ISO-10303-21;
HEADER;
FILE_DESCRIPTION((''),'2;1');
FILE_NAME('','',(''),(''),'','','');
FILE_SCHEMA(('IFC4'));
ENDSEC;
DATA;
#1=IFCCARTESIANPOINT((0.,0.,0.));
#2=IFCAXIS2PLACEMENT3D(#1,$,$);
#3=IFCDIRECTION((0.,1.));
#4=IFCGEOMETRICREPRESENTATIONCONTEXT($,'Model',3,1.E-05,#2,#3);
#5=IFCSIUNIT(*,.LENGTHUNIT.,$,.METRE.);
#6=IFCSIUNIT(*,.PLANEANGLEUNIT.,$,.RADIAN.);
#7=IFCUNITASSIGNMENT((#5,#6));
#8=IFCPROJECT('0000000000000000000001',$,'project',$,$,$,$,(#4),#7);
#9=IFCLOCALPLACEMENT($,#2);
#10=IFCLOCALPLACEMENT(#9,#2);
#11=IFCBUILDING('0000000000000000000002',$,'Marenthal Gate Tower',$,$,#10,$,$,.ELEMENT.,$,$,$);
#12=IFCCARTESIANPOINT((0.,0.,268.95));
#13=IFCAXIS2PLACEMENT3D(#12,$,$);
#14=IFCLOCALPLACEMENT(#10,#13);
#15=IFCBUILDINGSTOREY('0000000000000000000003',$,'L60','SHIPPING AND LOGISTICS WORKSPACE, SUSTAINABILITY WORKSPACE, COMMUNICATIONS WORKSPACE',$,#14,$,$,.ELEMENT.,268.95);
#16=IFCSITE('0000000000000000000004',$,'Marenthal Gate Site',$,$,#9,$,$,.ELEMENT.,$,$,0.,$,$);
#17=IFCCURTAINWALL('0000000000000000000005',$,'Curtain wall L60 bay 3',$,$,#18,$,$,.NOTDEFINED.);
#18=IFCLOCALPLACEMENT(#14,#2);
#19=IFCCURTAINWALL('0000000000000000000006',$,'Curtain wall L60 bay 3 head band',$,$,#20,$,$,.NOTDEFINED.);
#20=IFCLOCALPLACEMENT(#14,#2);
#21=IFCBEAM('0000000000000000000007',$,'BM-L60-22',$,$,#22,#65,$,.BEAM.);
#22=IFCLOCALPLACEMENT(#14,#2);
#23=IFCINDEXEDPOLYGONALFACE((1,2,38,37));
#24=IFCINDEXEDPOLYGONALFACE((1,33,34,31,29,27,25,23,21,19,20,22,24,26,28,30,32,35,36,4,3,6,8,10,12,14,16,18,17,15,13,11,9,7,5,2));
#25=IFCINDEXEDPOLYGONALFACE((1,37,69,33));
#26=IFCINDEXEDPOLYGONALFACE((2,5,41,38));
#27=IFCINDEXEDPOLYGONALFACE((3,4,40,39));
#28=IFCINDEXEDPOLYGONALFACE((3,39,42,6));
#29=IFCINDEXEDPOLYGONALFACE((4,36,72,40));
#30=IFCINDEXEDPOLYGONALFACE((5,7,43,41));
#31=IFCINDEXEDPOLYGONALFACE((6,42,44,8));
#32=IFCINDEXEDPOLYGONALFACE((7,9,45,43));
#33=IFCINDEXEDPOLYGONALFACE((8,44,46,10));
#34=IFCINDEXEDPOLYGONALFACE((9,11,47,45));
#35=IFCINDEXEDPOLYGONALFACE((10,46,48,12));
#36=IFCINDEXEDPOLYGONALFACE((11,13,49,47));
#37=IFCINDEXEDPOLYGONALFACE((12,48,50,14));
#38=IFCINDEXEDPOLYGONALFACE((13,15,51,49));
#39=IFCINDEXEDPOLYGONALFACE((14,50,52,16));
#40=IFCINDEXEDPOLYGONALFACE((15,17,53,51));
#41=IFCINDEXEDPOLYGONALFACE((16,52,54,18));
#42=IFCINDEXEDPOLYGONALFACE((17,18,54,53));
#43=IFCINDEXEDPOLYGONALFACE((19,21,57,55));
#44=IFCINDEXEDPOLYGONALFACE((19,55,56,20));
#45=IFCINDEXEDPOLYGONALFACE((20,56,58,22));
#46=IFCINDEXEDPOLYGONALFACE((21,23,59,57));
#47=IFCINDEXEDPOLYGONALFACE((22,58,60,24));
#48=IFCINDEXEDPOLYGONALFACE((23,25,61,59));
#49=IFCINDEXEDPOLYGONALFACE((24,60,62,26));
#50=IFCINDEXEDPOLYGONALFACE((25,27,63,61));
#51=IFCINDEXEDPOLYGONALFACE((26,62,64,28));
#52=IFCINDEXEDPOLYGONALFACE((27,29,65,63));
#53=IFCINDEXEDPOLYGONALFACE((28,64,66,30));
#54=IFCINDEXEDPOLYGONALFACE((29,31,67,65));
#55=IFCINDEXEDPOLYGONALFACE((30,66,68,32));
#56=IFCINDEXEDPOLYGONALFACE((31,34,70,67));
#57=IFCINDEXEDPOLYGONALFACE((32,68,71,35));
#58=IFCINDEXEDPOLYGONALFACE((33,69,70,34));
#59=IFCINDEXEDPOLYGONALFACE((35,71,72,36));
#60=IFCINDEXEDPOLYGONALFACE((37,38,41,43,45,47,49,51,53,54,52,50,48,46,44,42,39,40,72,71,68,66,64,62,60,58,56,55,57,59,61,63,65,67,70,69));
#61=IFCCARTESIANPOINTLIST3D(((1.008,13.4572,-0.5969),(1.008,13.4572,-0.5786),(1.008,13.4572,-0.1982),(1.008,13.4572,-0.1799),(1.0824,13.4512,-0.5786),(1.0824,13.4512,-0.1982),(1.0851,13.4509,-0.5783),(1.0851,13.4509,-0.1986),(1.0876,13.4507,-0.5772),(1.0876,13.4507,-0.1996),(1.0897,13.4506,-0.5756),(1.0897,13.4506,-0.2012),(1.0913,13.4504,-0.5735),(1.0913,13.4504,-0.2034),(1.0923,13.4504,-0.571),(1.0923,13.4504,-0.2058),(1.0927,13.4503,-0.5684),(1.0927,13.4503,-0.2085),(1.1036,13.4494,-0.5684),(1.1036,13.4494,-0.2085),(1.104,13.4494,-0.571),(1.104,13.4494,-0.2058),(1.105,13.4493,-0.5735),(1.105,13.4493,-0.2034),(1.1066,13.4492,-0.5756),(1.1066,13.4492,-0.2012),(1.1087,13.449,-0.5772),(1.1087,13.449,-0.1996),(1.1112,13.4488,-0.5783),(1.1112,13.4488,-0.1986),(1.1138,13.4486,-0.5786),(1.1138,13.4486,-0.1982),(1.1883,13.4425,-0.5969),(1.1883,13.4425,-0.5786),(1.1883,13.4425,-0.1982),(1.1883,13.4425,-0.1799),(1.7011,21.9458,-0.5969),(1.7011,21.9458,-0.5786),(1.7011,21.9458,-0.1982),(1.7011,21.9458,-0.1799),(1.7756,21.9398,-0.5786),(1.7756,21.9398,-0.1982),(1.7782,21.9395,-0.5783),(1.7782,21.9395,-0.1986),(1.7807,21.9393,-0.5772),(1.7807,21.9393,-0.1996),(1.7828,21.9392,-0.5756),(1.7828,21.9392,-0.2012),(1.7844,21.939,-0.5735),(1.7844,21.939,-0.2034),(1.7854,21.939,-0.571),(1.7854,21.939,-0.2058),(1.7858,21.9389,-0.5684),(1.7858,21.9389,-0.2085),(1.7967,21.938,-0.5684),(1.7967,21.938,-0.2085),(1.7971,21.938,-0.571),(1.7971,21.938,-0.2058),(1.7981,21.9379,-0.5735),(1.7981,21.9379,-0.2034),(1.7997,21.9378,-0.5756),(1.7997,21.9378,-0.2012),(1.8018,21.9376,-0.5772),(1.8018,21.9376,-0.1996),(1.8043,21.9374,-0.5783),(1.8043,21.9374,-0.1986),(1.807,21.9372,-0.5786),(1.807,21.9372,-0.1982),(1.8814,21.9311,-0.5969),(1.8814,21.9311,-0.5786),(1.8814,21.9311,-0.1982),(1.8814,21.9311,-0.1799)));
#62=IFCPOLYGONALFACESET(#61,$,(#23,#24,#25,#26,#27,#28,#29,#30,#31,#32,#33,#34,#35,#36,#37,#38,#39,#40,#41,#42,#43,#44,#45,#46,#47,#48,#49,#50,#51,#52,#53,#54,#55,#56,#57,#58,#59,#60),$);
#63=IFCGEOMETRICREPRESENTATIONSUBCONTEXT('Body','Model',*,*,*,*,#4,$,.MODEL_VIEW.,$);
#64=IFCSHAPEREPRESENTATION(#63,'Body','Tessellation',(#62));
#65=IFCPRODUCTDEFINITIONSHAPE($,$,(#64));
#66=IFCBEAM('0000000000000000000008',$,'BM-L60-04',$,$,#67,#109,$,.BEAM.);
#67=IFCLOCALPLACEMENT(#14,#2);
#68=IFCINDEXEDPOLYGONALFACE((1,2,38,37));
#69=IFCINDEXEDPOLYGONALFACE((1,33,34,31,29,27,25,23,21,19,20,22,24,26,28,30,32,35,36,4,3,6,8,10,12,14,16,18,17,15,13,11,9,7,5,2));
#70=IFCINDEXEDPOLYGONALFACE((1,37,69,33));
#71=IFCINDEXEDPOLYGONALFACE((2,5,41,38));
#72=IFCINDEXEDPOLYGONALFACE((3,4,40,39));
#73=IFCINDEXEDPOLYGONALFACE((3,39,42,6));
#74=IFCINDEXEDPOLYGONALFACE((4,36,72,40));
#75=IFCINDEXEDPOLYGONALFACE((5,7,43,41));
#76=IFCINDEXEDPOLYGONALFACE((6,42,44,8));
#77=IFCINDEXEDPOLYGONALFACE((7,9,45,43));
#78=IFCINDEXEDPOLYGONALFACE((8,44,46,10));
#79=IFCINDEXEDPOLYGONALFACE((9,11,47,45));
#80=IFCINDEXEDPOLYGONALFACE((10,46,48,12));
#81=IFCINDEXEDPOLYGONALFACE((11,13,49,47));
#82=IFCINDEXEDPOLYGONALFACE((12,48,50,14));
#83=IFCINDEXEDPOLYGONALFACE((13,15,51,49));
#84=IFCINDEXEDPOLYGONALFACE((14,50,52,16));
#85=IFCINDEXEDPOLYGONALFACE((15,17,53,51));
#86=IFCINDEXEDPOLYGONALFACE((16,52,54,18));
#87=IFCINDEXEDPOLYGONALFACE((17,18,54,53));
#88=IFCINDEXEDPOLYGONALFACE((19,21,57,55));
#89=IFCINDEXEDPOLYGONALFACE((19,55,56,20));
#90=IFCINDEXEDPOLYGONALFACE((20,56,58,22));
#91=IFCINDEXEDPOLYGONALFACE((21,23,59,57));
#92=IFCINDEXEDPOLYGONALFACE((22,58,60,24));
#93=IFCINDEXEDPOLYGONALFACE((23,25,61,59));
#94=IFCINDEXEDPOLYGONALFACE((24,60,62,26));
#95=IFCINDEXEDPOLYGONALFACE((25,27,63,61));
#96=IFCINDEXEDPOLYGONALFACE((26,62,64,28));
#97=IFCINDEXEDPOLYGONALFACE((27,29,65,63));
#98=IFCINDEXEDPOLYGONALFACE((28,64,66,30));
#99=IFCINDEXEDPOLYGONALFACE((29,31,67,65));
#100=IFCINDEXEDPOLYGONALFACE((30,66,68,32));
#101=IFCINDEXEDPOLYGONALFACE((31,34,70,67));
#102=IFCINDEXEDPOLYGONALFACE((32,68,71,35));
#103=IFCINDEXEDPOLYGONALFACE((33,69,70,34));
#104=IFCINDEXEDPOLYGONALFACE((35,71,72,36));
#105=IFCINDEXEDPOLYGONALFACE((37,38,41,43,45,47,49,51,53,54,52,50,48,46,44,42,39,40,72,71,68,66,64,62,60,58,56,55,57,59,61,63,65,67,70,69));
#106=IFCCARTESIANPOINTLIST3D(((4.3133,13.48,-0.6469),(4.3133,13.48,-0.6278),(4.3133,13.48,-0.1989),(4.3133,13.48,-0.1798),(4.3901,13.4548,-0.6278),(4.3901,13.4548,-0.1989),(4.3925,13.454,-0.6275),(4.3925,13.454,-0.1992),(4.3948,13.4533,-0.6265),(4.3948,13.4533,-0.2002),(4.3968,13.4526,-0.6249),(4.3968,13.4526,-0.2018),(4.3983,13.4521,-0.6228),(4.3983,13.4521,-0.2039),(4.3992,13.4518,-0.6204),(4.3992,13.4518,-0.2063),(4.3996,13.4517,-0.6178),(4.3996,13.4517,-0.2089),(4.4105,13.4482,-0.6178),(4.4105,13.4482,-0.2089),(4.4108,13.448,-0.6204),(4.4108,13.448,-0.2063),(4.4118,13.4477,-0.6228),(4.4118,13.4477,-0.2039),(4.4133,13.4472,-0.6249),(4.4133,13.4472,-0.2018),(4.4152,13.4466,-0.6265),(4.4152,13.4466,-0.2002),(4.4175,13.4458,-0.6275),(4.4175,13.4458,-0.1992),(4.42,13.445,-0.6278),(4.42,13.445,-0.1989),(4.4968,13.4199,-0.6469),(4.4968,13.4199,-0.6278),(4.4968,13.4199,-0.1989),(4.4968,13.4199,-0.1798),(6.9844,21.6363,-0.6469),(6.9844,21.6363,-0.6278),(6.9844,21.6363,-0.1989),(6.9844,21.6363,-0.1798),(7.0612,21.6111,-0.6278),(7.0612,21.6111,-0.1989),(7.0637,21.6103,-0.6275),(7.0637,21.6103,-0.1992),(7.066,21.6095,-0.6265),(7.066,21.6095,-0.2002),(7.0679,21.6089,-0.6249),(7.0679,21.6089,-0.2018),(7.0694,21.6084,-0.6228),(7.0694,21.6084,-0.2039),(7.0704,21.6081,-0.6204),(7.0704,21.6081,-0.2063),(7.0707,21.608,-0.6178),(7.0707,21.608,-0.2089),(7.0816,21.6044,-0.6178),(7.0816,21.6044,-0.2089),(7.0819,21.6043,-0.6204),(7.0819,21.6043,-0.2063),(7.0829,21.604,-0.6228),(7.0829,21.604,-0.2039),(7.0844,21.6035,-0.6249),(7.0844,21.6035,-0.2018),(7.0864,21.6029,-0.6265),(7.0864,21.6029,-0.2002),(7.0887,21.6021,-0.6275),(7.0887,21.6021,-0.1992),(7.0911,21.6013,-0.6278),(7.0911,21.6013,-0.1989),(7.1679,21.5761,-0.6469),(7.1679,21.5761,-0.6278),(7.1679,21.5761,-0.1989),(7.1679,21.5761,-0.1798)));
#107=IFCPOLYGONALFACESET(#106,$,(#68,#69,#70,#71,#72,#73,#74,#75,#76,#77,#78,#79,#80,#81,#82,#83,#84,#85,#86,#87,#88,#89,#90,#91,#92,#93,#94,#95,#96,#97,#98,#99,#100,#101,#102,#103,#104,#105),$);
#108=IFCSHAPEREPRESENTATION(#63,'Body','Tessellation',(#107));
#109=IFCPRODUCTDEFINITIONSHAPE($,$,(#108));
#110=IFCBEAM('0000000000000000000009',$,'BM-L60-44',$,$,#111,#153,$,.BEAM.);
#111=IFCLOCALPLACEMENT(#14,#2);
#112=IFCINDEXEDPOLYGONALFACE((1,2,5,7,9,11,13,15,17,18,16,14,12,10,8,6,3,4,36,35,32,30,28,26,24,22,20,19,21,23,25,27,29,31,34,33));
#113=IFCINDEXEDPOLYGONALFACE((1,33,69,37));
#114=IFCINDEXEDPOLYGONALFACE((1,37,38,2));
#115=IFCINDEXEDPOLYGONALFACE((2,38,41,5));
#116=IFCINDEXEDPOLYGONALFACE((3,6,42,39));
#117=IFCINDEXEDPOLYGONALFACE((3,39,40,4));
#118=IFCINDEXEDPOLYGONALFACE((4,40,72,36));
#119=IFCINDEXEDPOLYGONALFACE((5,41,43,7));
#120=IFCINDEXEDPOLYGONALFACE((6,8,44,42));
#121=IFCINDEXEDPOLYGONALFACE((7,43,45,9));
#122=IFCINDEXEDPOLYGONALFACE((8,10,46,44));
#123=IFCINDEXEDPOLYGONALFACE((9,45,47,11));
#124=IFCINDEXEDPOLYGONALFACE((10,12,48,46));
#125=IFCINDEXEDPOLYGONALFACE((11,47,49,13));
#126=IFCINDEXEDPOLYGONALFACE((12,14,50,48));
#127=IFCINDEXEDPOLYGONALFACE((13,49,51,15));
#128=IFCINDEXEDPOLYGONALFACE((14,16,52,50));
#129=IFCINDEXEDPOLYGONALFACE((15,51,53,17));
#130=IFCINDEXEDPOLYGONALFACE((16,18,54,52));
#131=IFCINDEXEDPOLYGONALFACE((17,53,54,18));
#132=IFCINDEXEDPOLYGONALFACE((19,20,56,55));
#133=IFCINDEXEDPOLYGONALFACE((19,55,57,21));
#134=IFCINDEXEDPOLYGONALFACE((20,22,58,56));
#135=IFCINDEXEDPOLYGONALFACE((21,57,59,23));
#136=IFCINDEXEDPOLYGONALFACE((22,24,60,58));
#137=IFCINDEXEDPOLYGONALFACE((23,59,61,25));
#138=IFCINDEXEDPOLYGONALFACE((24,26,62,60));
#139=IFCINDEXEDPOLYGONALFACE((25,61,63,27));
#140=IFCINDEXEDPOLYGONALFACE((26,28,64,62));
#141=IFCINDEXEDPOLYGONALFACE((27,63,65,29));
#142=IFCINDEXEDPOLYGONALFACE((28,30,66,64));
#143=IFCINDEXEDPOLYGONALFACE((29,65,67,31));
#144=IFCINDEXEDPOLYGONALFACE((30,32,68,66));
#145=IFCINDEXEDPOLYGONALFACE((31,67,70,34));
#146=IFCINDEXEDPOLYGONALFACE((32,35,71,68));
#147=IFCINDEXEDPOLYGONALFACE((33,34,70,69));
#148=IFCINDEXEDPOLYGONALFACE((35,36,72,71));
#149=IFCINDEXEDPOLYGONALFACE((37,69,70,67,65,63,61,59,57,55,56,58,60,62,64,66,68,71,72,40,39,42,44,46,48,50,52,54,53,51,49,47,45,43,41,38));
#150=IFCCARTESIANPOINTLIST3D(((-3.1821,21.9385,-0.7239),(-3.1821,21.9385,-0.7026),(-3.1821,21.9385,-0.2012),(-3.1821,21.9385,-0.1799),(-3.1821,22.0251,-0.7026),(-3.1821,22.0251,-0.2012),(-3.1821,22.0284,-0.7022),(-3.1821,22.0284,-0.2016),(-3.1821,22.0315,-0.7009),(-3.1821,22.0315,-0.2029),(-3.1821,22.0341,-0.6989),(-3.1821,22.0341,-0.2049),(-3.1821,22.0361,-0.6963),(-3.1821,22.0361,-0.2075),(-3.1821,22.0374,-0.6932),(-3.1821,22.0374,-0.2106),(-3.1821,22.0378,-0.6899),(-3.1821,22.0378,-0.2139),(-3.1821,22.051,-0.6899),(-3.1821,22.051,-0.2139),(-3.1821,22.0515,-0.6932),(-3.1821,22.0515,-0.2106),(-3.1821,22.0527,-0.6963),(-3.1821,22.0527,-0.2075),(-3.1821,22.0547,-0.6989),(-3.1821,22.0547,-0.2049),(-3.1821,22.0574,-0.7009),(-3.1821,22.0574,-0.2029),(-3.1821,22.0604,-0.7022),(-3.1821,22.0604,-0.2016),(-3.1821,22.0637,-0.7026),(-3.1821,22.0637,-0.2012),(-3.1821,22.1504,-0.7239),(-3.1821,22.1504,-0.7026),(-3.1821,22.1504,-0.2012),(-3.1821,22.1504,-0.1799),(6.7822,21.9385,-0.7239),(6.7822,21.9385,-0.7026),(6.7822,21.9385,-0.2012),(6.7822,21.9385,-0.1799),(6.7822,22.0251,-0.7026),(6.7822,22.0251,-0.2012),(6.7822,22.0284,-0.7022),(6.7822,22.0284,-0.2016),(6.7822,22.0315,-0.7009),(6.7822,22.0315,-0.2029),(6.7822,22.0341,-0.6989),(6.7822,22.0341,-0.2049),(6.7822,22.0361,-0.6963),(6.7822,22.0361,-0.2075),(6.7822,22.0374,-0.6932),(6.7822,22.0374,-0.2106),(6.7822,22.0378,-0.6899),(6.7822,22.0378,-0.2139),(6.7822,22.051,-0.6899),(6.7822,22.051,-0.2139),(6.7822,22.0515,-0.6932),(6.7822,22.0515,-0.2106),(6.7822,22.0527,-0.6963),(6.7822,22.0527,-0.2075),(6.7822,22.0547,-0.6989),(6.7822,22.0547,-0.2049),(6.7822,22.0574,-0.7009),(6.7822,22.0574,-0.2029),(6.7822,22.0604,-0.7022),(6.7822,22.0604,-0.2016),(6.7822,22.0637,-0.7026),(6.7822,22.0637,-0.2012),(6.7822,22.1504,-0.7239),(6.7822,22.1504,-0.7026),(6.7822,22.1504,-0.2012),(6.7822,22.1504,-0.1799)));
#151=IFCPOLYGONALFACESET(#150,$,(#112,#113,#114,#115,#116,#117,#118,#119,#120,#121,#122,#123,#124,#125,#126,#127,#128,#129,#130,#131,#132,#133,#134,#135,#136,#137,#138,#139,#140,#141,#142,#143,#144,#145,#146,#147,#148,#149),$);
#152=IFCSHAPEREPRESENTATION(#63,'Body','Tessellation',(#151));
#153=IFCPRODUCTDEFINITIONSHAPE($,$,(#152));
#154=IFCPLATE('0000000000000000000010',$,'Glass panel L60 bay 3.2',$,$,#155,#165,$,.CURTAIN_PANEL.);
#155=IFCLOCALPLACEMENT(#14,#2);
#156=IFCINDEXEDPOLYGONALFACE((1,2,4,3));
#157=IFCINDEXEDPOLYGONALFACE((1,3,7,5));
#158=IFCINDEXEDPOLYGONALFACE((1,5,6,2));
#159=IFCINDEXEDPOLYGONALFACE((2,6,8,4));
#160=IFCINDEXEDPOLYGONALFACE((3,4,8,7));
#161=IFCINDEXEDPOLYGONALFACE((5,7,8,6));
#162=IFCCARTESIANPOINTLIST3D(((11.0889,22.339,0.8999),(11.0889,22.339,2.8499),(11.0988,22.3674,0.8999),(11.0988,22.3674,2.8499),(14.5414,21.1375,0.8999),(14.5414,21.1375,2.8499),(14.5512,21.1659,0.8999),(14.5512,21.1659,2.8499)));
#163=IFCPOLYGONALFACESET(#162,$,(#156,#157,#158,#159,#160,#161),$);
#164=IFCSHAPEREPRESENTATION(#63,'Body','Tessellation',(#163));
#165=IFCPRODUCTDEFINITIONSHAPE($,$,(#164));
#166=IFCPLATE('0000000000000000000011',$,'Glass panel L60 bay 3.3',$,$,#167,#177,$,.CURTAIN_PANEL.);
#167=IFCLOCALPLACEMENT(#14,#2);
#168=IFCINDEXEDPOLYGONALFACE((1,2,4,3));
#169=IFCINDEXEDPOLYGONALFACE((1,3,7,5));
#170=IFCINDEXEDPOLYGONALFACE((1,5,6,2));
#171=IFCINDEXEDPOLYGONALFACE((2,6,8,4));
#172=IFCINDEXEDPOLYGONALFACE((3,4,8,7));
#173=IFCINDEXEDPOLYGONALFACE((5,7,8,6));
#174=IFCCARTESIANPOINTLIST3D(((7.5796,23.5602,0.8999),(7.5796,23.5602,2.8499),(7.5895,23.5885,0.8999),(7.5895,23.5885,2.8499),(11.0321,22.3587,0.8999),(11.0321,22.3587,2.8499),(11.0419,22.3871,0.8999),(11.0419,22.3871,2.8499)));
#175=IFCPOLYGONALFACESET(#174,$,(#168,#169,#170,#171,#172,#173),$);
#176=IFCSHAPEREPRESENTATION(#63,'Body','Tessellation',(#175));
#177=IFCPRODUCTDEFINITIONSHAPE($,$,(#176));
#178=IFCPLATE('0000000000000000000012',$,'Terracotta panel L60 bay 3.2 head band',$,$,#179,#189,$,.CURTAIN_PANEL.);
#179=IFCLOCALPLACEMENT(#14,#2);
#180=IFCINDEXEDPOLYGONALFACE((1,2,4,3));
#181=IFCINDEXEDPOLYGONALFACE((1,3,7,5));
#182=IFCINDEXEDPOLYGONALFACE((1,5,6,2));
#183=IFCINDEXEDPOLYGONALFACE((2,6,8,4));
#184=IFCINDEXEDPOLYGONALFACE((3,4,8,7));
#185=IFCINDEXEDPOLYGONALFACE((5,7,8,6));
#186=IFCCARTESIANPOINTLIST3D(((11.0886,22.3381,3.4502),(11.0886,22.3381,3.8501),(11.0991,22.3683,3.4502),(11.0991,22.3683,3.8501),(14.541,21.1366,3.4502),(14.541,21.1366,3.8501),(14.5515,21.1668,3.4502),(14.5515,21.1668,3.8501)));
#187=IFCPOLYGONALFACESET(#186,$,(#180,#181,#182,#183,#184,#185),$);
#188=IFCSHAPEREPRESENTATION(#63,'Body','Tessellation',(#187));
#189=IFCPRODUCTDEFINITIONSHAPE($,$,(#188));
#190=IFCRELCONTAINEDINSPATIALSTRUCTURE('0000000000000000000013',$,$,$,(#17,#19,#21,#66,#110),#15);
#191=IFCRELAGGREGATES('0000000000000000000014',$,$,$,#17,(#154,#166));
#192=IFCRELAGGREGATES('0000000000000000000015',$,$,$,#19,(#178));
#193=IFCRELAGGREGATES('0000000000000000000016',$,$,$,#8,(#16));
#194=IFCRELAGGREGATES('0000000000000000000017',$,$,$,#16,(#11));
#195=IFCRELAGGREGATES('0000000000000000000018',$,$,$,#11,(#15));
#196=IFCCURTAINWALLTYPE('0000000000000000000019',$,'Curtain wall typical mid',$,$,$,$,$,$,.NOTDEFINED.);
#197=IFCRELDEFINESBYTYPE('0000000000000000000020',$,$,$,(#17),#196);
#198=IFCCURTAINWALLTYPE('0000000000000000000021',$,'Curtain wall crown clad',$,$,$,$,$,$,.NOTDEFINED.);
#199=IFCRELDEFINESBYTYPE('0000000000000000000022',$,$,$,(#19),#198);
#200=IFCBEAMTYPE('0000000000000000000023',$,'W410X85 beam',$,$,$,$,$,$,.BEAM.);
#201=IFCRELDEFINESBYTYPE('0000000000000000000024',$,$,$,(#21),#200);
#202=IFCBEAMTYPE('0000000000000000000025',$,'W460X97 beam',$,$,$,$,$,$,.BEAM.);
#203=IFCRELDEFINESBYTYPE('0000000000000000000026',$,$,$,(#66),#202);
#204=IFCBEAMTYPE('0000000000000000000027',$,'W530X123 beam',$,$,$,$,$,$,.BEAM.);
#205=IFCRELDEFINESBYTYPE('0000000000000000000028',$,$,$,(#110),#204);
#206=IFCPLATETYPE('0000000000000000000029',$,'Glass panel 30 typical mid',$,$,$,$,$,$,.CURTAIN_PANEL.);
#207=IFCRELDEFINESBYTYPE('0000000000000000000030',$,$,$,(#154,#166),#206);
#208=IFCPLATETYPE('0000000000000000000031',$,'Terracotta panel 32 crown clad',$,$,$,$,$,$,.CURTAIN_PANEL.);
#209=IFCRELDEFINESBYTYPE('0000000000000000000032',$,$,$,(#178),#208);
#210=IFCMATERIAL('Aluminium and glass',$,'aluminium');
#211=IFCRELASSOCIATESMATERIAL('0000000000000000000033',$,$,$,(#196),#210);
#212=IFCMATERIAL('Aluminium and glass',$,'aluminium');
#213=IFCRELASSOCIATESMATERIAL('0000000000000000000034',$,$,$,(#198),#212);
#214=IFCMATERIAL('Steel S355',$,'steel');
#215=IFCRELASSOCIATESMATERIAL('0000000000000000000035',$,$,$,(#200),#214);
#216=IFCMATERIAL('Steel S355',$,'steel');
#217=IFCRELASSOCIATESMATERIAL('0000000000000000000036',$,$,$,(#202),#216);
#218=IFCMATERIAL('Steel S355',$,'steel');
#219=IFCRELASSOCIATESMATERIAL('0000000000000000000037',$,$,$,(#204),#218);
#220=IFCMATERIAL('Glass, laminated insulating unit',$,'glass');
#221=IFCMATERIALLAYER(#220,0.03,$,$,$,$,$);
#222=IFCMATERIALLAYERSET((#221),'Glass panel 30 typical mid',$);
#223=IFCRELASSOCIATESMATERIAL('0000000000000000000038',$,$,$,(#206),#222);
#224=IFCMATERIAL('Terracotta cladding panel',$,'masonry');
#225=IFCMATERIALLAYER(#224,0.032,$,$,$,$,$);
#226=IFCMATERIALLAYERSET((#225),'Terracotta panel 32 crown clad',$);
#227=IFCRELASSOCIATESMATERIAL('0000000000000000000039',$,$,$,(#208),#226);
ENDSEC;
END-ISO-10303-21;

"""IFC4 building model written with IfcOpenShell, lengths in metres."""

from ifc_helpers import new_model, si_unit, direction, frame, origin, origin_2d, place, context, subcontext, project, spatial, rectangle, i_section, extrude, material, layer, layer_set, material_profile, profile_set, type_object, element, aggregate, save


model = new_model("IFC4")

# Units and contexts
model_context = context("Model", 3, precision=1e-05, world=origin(), true_north=direction((0.0, 1.0)))
body_context = subcontext(model_context, "Body", "Model", "MODEL_VIEW")
ifc_project = project(units=[si_unit("LENGTHUNIT", "METRE"), si_unit("PLANEANGLEUNIT", "RADIAN")], contexts=[model_context])

# Site, building, storey
site_placement = place(None, origin())
site = spatial("IfcSite", under=ifc_project, at=site_placement, Name="Marenthal Gate Site", CompositionType="ELEMENT", RefElevation=0.0)
building_placement = place(site_placement, origin())
building = spatial("IfcBuilding", under=site, at=building_placement, Name="Marenthal Gate Tower", CompositionType="ELEMENT")
storey_placement = place(building_placement, frame((0.0, 0.0, 268.95)))
storey = spatial("IfcBuildingStorey", under=building, at=storey_placement, Name="L60", Description="SHIPPING AND LOGISTICS WORKSPACE, SUSTAINABILITY WORKSPACE, COMMUNICATIONS WORKSPACE", CompositionType="ELEMENT", Elevation=268.95)

# Curtain walls
ifc_material_1 = material(Name="Aluminium and glass", Category="aluminium")
curtain_wall_type_1 = type_object("IfcCurtainWallType", Name="Curtain wall typical mid", PredefinedType="NOTDEFINED", material=ifc_material_1)
curtain_wall_1_placement = place(storey_placement, origin())
curtain_wall_1 = element("IfcCurtainWall", 1, at=curtain_wall_1_placement, inside=storey, type_object=curtain_wall_type_1, Name="Curtain wall L60 bay 3", PredefinedType="NOTDEFINED")
ifc_material_2 = material(Name="Aluminium and glass", Category="aluminium")
curtain_wall_type_2 = type_object("IfcCurtainWallType", Name="Curtain wall crown clad", PredefinedType="NOTDEFINED", material=ifc_material_2)
curtain_wall_2_placement = place(storey_placement, origin())
curtain_wall_2 = element("IfcCurtainWall", 2, at=curtain_wall_2_placement, inside=storey, type_object=curtain_wall_type_2, Name="Curtain wall L60 bay 3 head band", PredefinedType="NOTDEFINED")

# Beams
ifc_material_3 = material(Name="Steel S355", Category="steel")
ifc_material_profile_1 = material_profile(ifc_material_3, i_section(OverallWidth=0.1809, OverallDepth=0.417, WebThickness=0.011, FlangeThickness=0.0183, FilletRadius=0.0103, at=origin_2d()), Name="W410X85")
ifc_profile_set_1 = profile_set([ifc_material_profile_1], Name="Steel S355")
beam_type_1 = type_object("IfcBeamType", Name="W410X85 beam", PredefinedType="BEAM", material=ifc_profile_set_1)
beam_1_placement = place(storey_placement, frame((1.7913, 21.9385, -0.3884), z_axis=(-0.081382, -0.996683, 0.0), x_axis=(0.996683, -0.081382, 0.0)))
element("IfcBeam", 3, at=beam_1_placement, inside=storey, type_object=beam_type_1, Name="BM-L60-22", PredefinedType="BEAM", context=body_context, shape_type="SweptSolid", body=[
    extrude(i_section(OverallWidth=0.1809, OverallDepth=0.417, WebThickness=0.011, FlangeThickness=0.0183, FilletRadius=0.0103, at=origin_2d()), origin(), (0.0, 0.0, 1.0), 8.5168),
])
ifc_material_4 = material(Name="Steel S355", Category="steel")
ifc_material_profile_2 = material_profile(ifc_material_4, i_section(OverallWidth=0.1931, OverallDepth=0.467, WebThickness=0.0115, FlangeThickness=0.019, FilletRadius=0.01, at=origin_2d()), Name="W460X97")
ifc_profile_set_2 = profile_set([ifc_material_profile_2], Name="Steel S355")
beam_type_2 = type_object("IfcBeamType", Name="W460X97 beam", PredefinedType="BEAM", material=ifc_profile_set_2)
beam_2_placement = place(storey_placement, frame((7.0762, 21.6062, -0.4133), z_axis=(-0.311231, -0.950334, 0.0), x_axis=(0.950334, -0.311231, 0.0)))
element("IfcBeam", 4, at=beam_2_placement, inside=storey, type_object=beam_type_2, Name="BM-L60-04", PredefinedType="BEAM", context=body_context, shape_type="SweptSolid", body=[
    extrude(i_section(OverallWidth=0.1931, OverallDepth=0.467, WebThickness=0.0115, FlangeThickness=0.019, FilletRadius=0.01, at=origin_2d()), origin(), (0.0, 0.0, 1.0), 8.5825),
])
ifc_material_5 = material(Name="Steel S355", Category="steel")
ifc_material_profile_3 = material_profile(ifc_material_5, i_section(OverallWidth=0.2119, OverallDepth=0.5439, WebThickness=0.0132, FlangeThickness=0.0212, FilletRadius=0.0127, at=origin_2d()), Name="W530X123")
ifc_profile_set_3 = profile_set([ifc_material_profile_3], Name="Steel S355")
beam_type_3 = type_object("IfcBeamType", Name="W530X123 beam", PredefinedType="BEAM", material=ifc_profile_set_3)
beam_3_placement = place(storey_placement, frame((6.7822, 22.0444, -0.4519), z_axis=(-1.0, 0.0, 0.0), x_axis=(0.0, -1.0, 0.0)))
element("IfcBeam", 5, at=beam_3_placement, inside=storey, type_object=beam_type_3, Name="BM-L60-44", PredefinedType="BEAM", context=body_context, shape_type="SweptSolid", body=[
    extrude(i_section(OverallWidth=0.2119, OverallDepth=0.5439, WebThickness=0.0132, FlangeThickness=0.0212, FilletRadius=0.0127, at=origin_2d()), origin(), (0.0, 0.0, 1.0), 9.9644),
])

# Plates
ifc_material_6 = material(Name="Glass, laminated insulating unit", Category="glass")
ifc_layer_1 = layer(ifc_material_6, 0.03)
ifc_layer_set_1 = layer_set([ifc_layer_1], Name="Glass panel 30 typical mid")
plate_type_1 = type_object("IfcPlateType", Name="Glass panel 30 typical mid", PredefinedType="CURTAIN_PANEL", material=ifc_layer_set_1)
plate_1_placement = place(storey_placement, frame((12.8201, 21.7524, 0.8999), z_axis=(0.0, 0.0, 1.0), x_axis=(-0.944445, 0.32867, 0.0)))
plate_1 = element("IfcPlate", 6, at=plate_1_placement, type_object=plate_type_1, Name="Glass panel L60 bay 3.2", PredefinedType="CURTAIN_PANEL", context=body_context, shape_type="SweptSolid", body=[
    extrude(rectangle(XDim=3.6555, YDim=0.03, at=origin_2d()), origin(), (0.0, 0.0, 1.0), 1.95),
])
plate_2_placement = place(storey_placement, frame((9.3108, 22.9736, 0.8999), z_axis=(0.0, 0.0, 1.0), x_axis=(-0.944445, 0.32867, 0.0)))
plate_2 = element("IfcPlate", 7, at=plate_2_placement, type_object=plate_type_1, Name="Glass panel L60 bay 3.3", PredefinedType="CURTAIN_PANEL", context=body_context, shape_type="SweptSolid", body=[
    extrude(rectangle(XDim=3.6555, YDim=0.03, at=origin_2d()), origin(), (0.0, 0.0, 1.0), 1.95),
])
aggregate(curtain_wall_1, [plate_1, plate_2])
ifc_material_7 = material(Name="Terracotta cladding panel", Category="masonry")
ifc_layer_2 = layer(ifc_material_7, 0.032)
ifc_layer_set_2 = layer_set([ifc_layer_2], Name="Terracotta panel 32 crown clad")
plate_type_2 = type_object("IfcPlateType", Name="Terracotta panel 32 crown clad", PredefinedType="CURTAIN_PANEL", material=ifc_layer_set_2)
plate_3_placement = place(storey_placement, frame((12.8201, 21.7524, 3.4502), z_axis=(0.0, 0.0, 1.0), x_axis=(-0.944445, 0.32867, 0.0)))
plate_3 = element("IfcPlate", 8, at=plate_3_placement, type_object=plate_type_2, Name="Terracotta panel L60 bay 3.2 head band", PredefinedType="CURTAIN_PANEL", context=body_context, shape_type="SweptSolid", body=[
    extrude(rectangle(XDim=3.6555, YDim=0.032, at=origin_2d()), origin(), (0.0, 0.0, 1.0), 0.3999),
])
aggregate(curtain_wall_2, [plate_3])

save(model, "model.ifc")
